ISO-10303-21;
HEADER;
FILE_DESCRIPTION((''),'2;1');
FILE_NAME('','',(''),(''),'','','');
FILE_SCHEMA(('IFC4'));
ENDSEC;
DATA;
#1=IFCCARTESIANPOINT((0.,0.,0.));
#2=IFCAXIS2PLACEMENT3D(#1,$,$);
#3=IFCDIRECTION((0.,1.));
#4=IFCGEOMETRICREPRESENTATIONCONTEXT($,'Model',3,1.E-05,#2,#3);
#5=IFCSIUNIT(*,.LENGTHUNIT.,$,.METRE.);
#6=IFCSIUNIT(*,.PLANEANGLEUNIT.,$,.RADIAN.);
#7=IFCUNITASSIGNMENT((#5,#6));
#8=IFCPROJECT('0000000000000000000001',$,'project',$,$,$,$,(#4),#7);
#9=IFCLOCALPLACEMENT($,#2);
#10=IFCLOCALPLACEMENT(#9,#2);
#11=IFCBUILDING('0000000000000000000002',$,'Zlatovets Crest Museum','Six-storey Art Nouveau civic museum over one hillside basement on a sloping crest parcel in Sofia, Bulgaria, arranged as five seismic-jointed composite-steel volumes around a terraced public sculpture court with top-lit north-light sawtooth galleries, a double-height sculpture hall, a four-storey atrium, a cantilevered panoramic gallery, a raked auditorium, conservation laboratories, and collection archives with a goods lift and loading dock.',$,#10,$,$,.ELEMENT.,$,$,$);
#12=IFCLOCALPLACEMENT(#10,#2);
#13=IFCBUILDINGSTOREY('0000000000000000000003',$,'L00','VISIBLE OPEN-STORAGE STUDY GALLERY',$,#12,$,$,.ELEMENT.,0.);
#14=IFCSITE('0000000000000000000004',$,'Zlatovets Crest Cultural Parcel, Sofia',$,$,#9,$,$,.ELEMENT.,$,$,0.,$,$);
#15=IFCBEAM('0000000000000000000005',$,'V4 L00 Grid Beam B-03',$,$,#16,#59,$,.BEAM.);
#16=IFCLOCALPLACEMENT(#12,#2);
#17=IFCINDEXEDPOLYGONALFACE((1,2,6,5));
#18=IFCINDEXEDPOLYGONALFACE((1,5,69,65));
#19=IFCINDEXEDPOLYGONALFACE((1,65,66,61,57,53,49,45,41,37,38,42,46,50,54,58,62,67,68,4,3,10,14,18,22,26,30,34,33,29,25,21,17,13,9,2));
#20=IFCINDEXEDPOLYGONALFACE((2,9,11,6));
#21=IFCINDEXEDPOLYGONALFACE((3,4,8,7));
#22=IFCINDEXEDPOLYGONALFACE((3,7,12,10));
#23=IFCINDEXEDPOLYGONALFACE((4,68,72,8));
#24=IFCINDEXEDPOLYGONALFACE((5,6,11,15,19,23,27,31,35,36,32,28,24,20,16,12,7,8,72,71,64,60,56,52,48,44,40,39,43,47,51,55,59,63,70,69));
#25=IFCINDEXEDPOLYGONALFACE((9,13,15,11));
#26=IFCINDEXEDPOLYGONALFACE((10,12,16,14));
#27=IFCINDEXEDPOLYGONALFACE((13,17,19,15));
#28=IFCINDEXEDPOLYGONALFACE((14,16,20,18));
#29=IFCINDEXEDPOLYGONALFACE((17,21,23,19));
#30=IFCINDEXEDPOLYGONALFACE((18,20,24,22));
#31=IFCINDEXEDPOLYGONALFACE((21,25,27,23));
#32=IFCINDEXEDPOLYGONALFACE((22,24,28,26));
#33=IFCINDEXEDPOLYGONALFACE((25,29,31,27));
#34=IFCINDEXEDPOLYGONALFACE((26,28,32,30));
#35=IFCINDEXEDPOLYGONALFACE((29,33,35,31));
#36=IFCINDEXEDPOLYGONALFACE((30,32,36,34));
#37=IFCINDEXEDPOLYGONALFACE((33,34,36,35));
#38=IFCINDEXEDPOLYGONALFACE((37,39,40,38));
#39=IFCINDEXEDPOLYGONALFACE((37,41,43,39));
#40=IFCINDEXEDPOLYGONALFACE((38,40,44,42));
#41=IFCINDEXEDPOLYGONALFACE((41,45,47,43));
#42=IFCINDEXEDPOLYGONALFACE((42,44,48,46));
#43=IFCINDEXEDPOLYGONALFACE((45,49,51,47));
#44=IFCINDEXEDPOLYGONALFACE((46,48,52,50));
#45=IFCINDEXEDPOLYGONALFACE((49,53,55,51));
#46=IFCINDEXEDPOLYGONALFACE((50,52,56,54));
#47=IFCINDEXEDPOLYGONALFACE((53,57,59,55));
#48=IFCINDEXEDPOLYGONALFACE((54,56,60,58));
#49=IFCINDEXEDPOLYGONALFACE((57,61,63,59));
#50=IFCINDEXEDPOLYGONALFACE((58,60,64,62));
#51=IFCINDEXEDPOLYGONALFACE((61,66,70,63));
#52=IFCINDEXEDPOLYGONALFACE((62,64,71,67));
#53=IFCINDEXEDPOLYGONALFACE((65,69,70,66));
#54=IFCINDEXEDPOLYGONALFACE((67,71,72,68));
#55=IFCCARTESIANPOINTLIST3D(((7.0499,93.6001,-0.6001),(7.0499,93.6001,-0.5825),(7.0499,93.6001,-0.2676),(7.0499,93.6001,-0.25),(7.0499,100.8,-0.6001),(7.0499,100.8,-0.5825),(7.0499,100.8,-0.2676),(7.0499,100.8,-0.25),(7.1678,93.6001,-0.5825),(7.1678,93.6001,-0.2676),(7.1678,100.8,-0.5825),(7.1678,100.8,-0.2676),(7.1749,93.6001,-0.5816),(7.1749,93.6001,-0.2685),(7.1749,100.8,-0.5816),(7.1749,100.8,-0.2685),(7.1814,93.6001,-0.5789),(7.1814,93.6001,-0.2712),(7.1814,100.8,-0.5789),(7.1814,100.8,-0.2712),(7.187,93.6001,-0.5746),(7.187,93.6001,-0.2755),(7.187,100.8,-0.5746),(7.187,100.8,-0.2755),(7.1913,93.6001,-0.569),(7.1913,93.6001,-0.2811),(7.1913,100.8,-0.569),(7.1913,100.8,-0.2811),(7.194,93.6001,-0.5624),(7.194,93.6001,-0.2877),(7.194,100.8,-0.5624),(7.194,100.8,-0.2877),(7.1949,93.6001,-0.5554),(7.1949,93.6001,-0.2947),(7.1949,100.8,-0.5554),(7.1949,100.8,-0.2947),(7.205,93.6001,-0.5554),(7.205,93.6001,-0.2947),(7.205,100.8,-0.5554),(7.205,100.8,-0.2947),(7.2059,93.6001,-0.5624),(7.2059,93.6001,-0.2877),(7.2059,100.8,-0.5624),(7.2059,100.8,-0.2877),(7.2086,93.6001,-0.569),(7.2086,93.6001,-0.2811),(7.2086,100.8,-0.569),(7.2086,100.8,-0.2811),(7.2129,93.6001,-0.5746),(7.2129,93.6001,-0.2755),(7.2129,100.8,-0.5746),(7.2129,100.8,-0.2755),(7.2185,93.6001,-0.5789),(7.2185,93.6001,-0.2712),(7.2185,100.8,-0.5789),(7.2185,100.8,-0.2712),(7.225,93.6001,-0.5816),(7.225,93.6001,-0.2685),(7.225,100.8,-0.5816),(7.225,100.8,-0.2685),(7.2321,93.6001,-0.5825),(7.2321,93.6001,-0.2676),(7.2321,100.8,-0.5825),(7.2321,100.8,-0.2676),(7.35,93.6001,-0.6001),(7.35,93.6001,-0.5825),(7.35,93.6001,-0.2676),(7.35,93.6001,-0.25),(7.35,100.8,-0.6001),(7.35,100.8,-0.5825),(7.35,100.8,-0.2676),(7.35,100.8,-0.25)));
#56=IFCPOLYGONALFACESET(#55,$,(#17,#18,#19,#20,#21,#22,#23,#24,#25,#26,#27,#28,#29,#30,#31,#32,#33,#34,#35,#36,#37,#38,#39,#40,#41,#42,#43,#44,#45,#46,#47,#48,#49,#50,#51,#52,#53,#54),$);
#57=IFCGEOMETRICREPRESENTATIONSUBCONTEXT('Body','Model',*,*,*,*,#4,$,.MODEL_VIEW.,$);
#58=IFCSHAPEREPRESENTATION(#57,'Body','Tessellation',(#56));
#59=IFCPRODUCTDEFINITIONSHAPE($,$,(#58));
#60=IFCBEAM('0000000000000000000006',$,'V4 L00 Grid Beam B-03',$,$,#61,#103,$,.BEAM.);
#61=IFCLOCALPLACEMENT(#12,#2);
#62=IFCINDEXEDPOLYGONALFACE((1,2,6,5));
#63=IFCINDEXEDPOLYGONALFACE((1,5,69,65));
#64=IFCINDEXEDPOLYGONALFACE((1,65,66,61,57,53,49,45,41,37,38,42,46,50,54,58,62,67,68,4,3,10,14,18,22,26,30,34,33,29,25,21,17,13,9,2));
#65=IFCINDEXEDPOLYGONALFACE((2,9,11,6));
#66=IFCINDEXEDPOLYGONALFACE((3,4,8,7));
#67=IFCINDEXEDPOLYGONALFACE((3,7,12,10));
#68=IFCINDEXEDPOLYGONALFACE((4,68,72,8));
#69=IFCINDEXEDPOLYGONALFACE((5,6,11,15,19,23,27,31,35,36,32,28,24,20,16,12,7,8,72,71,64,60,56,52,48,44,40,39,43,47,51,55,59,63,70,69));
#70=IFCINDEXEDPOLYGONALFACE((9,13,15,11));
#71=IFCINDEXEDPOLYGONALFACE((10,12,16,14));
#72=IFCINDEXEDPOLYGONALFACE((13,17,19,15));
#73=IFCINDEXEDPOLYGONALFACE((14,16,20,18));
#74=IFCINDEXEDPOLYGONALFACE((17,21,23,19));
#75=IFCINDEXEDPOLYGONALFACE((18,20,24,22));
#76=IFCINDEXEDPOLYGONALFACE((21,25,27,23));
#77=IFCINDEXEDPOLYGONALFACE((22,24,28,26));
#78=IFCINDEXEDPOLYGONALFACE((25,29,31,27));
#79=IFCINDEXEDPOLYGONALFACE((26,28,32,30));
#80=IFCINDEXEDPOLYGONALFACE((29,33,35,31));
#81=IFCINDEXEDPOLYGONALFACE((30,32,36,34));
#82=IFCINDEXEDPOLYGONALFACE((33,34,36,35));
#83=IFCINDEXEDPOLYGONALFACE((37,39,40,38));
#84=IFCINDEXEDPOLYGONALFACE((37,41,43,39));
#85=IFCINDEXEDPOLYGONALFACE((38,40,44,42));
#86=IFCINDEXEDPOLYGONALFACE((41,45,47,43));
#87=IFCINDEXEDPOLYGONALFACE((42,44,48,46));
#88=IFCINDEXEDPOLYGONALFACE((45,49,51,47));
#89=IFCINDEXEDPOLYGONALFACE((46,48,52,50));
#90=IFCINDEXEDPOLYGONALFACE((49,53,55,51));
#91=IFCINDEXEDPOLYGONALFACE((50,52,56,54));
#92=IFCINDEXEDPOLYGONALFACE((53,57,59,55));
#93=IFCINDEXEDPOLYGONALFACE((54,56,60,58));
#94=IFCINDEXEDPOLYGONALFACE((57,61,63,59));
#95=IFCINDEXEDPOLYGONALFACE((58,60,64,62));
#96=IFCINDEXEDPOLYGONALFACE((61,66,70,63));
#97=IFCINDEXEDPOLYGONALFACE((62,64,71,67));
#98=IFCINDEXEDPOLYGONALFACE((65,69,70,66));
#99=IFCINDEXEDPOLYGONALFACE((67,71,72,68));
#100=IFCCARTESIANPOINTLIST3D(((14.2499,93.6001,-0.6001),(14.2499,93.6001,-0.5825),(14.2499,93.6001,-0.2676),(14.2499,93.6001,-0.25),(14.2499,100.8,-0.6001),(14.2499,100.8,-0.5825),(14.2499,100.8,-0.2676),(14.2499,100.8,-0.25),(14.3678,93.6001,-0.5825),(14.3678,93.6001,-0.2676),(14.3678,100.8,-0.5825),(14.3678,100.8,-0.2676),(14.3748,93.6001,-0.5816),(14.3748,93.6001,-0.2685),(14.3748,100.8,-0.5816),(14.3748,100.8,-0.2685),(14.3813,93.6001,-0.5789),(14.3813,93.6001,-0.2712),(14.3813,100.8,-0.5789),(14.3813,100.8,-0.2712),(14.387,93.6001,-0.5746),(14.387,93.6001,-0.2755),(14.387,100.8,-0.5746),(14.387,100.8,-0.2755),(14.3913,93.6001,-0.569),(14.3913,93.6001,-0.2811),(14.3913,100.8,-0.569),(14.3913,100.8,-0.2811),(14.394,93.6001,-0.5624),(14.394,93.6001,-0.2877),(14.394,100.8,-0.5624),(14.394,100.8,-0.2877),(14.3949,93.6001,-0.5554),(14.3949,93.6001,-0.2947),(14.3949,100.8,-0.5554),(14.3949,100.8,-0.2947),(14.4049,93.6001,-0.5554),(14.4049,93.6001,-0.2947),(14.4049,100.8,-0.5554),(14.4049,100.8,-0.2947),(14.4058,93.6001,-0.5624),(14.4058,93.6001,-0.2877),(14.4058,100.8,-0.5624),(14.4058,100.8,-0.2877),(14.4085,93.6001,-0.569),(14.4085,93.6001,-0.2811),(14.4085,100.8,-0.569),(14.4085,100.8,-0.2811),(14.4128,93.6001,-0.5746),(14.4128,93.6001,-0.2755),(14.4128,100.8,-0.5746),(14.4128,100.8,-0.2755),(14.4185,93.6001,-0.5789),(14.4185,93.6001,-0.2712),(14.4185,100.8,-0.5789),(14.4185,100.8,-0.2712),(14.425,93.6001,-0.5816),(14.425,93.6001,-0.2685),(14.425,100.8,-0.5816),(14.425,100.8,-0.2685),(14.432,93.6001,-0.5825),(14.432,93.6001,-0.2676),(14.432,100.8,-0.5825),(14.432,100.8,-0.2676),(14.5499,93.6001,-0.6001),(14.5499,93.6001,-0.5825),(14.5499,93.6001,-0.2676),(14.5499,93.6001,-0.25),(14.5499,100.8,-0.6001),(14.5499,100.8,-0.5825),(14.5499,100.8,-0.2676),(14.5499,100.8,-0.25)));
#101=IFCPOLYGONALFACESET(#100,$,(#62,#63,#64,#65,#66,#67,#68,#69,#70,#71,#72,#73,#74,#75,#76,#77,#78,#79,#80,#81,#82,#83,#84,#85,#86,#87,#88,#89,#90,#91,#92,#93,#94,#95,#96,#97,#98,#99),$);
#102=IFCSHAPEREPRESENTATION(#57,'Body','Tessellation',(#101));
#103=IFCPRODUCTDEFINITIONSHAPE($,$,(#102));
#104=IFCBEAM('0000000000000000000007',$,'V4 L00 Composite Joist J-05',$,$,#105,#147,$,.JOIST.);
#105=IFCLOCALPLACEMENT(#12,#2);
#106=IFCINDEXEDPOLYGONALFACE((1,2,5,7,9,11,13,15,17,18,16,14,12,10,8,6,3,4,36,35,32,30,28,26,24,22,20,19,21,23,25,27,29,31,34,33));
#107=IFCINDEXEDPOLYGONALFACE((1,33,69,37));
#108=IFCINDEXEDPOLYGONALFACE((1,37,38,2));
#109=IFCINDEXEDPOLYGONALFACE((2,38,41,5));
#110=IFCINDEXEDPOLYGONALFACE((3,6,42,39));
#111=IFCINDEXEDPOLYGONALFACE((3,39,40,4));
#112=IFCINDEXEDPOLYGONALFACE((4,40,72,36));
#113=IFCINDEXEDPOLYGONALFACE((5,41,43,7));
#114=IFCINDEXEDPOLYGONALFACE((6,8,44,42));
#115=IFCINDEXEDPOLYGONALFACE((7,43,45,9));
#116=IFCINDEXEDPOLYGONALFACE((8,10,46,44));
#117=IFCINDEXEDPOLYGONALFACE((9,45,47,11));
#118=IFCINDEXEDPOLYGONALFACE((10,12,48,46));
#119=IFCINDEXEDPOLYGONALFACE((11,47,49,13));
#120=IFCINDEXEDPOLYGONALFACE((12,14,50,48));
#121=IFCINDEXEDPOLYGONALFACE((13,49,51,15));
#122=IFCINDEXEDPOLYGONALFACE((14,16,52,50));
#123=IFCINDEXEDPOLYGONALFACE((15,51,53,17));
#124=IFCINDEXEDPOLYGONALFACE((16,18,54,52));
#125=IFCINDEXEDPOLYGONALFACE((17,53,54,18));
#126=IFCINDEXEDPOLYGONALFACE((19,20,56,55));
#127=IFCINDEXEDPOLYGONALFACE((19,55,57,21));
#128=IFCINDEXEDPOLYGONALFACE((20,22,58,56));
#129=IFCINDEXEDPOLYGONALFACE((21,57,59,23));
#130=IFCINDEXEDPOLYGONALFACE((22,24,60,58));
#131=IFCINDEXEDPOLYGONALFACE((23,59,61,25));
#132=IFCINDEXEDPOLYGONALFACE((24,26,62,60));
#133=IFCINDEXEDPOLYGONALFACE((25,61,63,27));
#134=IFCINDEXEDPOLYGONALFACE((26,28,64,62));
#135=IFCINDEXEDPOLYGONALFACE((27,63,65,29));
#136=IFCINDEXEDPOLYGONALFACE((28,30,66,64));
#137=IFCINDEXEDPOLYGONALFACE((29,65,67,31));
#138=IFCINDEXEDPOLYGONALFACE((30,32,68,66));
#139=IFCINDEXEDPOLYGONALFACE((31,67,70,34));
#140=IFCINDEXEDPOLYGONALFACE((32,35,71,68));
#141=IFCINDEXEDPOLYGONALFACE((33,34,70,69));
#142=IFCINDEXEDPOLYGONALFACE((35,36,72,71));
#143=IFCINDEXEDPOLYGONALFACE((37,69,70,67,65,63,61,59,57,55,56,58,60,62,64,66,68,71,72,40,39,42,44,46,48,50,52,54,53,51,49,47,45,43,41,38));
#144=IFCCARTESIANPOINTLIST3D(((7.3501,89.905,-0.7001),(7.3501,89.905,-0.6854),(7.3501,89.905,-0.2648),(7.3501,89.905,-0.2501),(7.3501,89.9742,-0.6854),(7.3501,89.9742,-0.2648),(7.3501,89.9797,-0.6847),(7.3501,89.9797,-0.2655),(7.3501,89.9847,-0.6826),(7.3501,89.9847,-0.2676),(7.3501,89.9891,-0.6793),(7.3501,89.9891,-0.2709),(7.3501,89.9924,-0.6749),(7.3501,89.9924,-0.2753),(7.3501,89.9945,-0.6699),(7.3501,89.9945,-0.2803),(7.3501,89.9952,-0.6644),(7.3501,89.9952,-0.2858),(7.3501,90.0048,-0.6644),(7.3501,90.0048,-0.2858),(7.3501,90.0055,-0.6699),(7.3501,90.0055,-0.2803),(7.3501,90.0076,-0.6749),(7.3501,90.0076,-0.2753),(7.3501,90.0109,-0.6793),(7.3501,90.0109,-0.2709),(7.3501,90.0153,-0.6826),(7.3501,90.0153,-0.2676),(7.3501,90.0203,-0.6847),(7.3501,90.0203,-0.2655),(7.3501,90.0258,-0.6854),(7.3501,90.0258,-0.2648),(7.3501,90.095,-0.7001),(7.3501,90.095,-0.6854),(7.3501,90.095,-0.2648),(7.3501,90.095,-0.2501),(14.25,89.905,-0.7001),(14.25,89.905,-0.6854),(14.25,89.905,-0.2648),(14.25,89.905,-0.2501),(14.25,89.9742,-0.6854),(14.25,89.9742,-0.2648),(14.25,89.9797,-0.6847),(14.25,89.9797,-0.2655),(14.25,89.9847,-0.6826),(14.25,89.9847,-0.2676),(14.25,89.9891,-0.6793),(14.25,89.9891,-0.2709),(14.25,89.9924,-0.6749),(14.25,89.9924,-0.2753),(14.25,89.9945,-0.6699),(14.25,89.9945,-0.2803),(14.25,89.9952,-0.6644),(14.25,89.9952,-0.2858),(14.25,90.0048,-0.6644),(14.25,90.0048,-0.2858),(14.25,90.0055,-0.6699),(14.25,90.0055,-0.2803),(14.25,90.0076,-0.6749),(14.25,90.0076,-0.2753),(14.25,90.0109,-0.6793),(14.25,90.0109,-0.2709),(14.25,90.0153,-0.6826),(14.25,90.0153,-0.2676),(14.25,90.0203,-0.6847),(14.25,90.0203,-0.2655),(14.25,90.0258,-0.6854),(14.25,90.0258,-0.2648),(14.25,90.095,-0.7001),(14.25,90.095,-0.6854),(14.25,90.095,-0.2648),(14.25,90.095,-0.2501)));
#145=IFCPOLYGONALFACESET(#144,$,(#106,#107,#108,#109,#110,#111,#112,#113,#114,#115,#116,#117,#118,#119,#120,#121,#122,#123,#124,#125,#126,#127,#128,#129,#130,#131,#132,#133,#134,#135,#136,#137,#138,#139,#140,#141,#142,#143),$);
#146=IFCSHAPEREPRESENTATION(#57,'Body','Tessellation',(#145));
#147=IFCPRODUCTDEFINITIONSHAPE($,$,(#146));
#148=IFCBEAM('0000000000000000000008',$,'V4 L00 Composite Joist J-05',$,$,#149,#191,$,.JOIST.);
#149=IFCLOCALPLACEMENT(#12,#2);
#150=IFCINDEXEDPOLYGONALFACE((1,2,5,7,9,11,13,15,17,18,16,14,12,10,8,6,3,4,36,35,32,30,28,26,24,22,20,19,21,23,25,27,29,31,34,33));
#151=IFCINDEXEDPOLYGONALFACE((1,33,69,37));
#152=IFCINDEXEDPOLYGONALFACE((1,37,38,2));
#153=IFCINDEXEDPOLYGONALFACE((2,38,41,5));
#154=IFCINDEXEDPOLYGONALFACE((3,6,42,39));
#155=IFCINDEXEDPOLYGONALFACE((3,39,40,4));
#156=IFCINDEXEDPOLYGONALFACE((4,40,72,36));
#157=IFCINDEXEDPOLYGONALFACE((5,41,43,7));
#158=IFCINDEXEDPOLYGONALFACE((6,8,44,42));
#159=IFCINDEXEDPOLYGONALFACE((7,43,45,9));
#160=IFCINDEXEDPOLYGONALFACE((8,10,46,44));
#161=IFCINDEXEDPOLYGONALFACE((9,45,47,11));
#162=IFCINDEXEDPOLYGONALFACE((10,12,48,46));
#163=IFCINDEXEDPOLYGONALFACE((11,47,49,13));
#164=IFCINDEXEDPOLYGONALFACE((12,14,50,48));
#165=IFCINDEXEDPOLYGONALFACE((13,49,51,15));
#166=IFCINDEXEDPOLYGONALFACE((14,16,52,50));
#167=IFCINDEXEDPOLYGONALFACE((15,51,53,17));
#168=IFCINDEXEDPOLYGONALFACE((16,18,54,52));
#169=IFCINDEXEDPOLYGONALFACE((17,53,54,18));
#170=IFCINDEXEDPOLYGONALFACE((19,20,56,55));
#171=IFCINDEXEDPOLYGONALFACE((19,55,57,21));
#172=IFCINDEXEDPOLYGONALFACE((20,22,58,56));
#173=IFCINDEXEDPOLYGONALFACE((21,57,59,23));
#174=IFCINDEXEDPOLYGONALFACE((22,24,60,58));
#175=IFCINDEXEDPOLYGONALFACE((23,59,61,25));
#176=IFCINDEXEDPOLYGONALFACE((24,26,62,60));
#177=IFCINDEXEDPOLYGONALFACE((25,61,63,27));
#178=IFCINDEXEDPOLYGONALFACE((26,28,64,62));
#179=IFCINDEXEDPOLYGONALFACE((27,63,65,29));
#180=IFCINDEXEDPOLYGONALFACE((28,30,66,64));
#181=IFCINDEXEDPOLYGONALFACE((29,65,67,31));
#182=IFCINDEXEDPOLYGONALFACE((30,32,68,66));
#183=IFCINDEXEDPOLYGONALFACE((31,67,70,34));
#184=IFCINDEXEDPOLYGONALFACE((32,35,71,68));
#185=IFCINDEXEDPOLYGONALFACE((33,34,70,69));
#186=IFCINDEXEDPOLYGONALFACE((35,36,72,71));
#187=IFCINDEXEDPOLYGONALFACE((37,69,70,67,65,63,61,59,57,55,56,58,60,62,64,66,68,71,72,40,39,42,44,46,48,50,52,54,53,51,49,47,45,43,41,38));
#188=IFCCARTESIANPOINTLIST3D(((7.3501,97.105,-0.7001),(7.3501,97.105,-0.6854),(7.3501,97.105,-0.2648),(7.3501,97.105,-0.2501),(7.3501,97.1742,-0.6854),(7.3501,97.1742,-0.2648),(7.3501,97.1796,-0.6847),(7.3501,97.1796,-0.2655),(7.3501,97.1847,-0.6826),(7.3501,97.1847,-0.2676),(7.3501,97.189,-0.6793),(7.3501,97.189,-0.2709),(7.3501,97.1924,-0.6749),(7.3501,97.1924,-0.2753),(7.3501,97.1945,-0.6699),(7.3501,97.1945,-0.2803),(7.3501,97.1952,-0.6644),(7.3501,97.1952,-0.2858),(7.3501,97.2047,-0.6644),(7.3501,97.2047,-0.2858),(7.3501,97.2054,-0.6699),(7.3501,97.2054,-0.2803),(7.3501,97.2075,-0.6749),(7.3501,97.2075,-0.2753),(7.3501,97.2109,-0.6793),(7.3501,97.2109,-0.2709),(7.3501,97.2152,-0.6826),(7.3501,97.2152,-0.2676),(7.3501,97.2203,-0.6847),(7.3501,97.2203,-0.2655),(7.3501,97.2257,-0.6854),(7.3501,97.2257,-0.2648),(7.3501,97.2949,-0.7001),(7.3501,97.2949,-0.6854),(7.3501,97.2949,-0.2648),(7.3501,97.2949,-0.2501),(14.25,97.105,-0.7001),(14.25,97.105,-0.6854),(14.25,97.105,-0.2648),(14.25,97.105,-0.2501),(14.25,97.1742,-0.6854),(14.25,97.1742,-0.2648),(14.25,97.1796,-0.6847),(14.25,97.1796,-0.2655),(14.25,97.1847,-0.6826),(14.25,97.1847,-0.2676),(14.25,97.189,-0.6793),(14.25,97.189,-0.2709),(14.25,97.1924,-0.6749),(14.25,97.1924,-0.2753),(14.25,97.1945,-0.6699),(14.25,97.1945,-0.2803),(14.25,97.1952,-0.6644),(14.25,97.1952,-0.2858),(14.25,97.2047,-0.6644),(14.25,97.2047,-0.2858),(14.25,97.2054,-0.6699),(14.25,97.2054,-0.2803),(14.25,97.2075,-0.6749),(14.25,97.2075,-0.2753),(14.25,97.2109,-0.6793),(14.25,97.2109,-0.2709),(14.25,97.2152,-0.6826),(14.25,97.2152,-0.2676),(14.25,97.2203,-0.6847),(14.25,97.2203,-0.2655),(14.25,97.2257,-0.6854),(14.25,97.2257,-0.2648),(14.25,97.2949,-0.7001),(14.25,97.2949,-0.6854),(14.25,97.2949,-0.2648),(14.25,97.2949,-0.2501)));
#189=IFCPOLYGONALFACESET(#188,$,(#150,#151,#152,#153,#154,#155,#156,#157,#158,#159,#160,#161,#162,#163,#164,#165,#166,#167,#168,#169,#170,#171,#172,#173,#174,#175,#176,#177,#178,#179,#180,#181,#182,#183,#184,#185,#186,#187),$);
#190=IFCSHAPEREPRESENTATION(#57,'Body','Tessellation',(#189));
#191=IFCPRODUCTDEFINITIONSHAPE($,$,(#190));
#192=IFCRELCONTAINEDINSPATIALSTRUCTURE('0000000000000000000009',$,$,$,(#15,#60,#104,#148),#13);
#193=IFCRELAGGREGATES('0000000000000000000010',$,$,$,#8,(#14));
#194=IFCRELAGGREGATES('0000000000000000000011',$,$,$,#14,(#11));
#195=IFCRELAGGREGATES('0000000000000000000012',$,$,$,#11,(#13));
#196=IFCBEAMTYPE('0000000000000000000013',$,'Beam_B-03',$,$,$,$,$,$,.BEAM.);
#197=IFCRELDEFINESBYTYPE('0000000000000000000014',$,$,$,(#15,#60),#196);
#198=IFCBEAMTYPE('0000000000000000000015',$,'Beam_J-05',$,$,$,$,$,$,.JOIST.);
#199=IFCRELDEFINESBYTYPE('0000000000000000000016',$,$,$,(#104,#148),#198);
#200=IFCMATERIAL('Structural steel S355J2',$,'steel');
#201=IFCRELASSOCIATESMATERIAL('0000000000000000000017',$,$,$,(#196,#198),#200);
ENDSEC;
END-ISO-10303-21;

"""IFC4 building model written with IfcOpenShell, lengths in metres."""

from ifc_helpers import new_model, si_unit, direction, frame, origin, origin_2d, place, context, subcontext, project, spatial, i_section, extrude, material, material_profile, profile_set, type_object, element, save


model = new_model("IFC4")

# Units and contexts
model_context = context("Model", 3, precision=1e-05, world=origin(), true_north=direction((0.0, 1.0)))
body_context = subcontext(model_context, "Body", "Model", "MODEL_VIEW")
ifc_project = project(units=[si_unit("LENGTHUNIT", "METRE"), si_unit("PLANEANGLEUNIT", "RADIAN")], contexts=[model_context])

# Site, building, storey
site_placement = place(None, origin())
site = spatial("IfcSite", under=ifc_project, at=site_placement, Name="Zlatovets Crest Cultural Parcel, Sofia", CompositionType="ELEMENT", RefElevation=0.0)
building_placement = place(site_placement, origin())
building = spatial("IfcBuilding", under=site, at=building_placement, Name="Zlatovets Crest Museum", Description="Six-storey Art Nouveau civic museum over one hillside basement on a sloping crest parcel in Sofia, Bulgaria, arranged as five seismic-jointed composite-steel volumes around a terraced public sculpture court with top-lit north-light sawtooth galleries, a double-height sculpture hall, a four-storey atrium, a cantilevered panoramic gallery, a raked auditorium, conservation laboratories, and collection archives with a goods lift and loading dock.", CompositionType="ELEMENT")
storey_placement = place(building_placement, origin())
storey = spatial("IfcBuildingStorey", under=building, at=storey_placement, Name="L00", Description="VISIBLE OPEN-STORAGE STUDY GALLERY", CompositionType="ELEMENT", Elevation=0.0)

# Shared definitions
ifc_material_1 = material(Name="Structural steel S355J2", Category="steel")

# Beams
ifc_material_profile_1 = material_profile(ifc_material_1, i_section(OverallWidth=0.3, OverallDepth=0.3501, WebThickness=0.01, FlangeThickness=0.0176, FilletRadius=0.0271, at=origin_2d()), Name="HEA 360")
ifc_profile_set_1 = profile_set([ifc_material_profile_1], Name="Structural steel S355J2")
beam_type_1 = type_object("IfcBeamType", Name="Beam_B-03", PredefinedType="BEAM", material=ifc_profile_set_1)
for number, where, z_axis, x_axis, name in (
    (1, (7.2, 93.6001, -0.425), (0.0, 1.0, 0.0), (-1.0, 0.0, 0.0), "V4 L00 Grid Beam B-03"),
    (2, (14.3999, 93.6001, -0.425), (0.0, 1.0, 0.0), (-1.0, 0.0, 0.0), "V4 L00 Grid Beam B-03"),
):
    element("IfcBeam", number, at=place(storey_placement, frame(where, z_axis=z_axis, x_axis=x_axis)), inside=storey, type_object=beam_type_1, Name=name, PredefinedType="BEAM", context=body_context, shape_type="SweptSolid", body=[
        extrude(i_section(OverallWidth=0.3, OverallDepth=0.3501, WebThickness=0.01, FlangeThickness=0.0176, FilletRadius=0.0271, at=origin_2d()), origin(), (0.0, 0.0, 1.0), 7.2),
    ])
ifc_material_profile_2 = material_profile(ifc_material_1, i_section(OverallWidth=0.1899, OverallDepth=0.45, WebThickness=0.0095, FlangeThickness=0.0146, FilletRadius=0.021, at=origin_2d()), Name="IPE 450")
ifc_profile_set_2 = profile_set([ifc_material_profile_2], Name="Structural steel S355J2")
beam_type_2 = type_object("IfcBeamType", Name="Beam_J-05", PredefinedType="JOIST", material=ifc_profile_set_2)
for number, where, z_axis, x_axis, name in (
    (3, (7.3501, 90.0, -0.4751), (1.0, 0.0, 0.0), (0.0, 1.0, 0.0), "V4 L00 Composite Joist J-05"),
    (4, (7.3501, 97.2, -0.4751), (1.0, 0.0, 0.0), (0.0, 1.0, 0.0), "V4 L00 Composite Joist J-05"),
):
    element("IfcBeam", number, at=place(storey_placement, frame(where, z_axis=z_axis, x_axis=x_axis)), inside=storey, type_object=beam_type_2, Name=name, PredefinedType="JOIST", context=body_context, shape_type="SweptSolid", body=[
        extrude(i_section(OverallWidth=0.1899, OverallDepth=0.45, WebThickness=0.0095, FlangeThickness=0.0146, FilletRadius=0.021, at=origin_2d()), origin(), (0.0, 0.0, 1.0), 6.8999),
    ])

save(model, "model.ifc")
